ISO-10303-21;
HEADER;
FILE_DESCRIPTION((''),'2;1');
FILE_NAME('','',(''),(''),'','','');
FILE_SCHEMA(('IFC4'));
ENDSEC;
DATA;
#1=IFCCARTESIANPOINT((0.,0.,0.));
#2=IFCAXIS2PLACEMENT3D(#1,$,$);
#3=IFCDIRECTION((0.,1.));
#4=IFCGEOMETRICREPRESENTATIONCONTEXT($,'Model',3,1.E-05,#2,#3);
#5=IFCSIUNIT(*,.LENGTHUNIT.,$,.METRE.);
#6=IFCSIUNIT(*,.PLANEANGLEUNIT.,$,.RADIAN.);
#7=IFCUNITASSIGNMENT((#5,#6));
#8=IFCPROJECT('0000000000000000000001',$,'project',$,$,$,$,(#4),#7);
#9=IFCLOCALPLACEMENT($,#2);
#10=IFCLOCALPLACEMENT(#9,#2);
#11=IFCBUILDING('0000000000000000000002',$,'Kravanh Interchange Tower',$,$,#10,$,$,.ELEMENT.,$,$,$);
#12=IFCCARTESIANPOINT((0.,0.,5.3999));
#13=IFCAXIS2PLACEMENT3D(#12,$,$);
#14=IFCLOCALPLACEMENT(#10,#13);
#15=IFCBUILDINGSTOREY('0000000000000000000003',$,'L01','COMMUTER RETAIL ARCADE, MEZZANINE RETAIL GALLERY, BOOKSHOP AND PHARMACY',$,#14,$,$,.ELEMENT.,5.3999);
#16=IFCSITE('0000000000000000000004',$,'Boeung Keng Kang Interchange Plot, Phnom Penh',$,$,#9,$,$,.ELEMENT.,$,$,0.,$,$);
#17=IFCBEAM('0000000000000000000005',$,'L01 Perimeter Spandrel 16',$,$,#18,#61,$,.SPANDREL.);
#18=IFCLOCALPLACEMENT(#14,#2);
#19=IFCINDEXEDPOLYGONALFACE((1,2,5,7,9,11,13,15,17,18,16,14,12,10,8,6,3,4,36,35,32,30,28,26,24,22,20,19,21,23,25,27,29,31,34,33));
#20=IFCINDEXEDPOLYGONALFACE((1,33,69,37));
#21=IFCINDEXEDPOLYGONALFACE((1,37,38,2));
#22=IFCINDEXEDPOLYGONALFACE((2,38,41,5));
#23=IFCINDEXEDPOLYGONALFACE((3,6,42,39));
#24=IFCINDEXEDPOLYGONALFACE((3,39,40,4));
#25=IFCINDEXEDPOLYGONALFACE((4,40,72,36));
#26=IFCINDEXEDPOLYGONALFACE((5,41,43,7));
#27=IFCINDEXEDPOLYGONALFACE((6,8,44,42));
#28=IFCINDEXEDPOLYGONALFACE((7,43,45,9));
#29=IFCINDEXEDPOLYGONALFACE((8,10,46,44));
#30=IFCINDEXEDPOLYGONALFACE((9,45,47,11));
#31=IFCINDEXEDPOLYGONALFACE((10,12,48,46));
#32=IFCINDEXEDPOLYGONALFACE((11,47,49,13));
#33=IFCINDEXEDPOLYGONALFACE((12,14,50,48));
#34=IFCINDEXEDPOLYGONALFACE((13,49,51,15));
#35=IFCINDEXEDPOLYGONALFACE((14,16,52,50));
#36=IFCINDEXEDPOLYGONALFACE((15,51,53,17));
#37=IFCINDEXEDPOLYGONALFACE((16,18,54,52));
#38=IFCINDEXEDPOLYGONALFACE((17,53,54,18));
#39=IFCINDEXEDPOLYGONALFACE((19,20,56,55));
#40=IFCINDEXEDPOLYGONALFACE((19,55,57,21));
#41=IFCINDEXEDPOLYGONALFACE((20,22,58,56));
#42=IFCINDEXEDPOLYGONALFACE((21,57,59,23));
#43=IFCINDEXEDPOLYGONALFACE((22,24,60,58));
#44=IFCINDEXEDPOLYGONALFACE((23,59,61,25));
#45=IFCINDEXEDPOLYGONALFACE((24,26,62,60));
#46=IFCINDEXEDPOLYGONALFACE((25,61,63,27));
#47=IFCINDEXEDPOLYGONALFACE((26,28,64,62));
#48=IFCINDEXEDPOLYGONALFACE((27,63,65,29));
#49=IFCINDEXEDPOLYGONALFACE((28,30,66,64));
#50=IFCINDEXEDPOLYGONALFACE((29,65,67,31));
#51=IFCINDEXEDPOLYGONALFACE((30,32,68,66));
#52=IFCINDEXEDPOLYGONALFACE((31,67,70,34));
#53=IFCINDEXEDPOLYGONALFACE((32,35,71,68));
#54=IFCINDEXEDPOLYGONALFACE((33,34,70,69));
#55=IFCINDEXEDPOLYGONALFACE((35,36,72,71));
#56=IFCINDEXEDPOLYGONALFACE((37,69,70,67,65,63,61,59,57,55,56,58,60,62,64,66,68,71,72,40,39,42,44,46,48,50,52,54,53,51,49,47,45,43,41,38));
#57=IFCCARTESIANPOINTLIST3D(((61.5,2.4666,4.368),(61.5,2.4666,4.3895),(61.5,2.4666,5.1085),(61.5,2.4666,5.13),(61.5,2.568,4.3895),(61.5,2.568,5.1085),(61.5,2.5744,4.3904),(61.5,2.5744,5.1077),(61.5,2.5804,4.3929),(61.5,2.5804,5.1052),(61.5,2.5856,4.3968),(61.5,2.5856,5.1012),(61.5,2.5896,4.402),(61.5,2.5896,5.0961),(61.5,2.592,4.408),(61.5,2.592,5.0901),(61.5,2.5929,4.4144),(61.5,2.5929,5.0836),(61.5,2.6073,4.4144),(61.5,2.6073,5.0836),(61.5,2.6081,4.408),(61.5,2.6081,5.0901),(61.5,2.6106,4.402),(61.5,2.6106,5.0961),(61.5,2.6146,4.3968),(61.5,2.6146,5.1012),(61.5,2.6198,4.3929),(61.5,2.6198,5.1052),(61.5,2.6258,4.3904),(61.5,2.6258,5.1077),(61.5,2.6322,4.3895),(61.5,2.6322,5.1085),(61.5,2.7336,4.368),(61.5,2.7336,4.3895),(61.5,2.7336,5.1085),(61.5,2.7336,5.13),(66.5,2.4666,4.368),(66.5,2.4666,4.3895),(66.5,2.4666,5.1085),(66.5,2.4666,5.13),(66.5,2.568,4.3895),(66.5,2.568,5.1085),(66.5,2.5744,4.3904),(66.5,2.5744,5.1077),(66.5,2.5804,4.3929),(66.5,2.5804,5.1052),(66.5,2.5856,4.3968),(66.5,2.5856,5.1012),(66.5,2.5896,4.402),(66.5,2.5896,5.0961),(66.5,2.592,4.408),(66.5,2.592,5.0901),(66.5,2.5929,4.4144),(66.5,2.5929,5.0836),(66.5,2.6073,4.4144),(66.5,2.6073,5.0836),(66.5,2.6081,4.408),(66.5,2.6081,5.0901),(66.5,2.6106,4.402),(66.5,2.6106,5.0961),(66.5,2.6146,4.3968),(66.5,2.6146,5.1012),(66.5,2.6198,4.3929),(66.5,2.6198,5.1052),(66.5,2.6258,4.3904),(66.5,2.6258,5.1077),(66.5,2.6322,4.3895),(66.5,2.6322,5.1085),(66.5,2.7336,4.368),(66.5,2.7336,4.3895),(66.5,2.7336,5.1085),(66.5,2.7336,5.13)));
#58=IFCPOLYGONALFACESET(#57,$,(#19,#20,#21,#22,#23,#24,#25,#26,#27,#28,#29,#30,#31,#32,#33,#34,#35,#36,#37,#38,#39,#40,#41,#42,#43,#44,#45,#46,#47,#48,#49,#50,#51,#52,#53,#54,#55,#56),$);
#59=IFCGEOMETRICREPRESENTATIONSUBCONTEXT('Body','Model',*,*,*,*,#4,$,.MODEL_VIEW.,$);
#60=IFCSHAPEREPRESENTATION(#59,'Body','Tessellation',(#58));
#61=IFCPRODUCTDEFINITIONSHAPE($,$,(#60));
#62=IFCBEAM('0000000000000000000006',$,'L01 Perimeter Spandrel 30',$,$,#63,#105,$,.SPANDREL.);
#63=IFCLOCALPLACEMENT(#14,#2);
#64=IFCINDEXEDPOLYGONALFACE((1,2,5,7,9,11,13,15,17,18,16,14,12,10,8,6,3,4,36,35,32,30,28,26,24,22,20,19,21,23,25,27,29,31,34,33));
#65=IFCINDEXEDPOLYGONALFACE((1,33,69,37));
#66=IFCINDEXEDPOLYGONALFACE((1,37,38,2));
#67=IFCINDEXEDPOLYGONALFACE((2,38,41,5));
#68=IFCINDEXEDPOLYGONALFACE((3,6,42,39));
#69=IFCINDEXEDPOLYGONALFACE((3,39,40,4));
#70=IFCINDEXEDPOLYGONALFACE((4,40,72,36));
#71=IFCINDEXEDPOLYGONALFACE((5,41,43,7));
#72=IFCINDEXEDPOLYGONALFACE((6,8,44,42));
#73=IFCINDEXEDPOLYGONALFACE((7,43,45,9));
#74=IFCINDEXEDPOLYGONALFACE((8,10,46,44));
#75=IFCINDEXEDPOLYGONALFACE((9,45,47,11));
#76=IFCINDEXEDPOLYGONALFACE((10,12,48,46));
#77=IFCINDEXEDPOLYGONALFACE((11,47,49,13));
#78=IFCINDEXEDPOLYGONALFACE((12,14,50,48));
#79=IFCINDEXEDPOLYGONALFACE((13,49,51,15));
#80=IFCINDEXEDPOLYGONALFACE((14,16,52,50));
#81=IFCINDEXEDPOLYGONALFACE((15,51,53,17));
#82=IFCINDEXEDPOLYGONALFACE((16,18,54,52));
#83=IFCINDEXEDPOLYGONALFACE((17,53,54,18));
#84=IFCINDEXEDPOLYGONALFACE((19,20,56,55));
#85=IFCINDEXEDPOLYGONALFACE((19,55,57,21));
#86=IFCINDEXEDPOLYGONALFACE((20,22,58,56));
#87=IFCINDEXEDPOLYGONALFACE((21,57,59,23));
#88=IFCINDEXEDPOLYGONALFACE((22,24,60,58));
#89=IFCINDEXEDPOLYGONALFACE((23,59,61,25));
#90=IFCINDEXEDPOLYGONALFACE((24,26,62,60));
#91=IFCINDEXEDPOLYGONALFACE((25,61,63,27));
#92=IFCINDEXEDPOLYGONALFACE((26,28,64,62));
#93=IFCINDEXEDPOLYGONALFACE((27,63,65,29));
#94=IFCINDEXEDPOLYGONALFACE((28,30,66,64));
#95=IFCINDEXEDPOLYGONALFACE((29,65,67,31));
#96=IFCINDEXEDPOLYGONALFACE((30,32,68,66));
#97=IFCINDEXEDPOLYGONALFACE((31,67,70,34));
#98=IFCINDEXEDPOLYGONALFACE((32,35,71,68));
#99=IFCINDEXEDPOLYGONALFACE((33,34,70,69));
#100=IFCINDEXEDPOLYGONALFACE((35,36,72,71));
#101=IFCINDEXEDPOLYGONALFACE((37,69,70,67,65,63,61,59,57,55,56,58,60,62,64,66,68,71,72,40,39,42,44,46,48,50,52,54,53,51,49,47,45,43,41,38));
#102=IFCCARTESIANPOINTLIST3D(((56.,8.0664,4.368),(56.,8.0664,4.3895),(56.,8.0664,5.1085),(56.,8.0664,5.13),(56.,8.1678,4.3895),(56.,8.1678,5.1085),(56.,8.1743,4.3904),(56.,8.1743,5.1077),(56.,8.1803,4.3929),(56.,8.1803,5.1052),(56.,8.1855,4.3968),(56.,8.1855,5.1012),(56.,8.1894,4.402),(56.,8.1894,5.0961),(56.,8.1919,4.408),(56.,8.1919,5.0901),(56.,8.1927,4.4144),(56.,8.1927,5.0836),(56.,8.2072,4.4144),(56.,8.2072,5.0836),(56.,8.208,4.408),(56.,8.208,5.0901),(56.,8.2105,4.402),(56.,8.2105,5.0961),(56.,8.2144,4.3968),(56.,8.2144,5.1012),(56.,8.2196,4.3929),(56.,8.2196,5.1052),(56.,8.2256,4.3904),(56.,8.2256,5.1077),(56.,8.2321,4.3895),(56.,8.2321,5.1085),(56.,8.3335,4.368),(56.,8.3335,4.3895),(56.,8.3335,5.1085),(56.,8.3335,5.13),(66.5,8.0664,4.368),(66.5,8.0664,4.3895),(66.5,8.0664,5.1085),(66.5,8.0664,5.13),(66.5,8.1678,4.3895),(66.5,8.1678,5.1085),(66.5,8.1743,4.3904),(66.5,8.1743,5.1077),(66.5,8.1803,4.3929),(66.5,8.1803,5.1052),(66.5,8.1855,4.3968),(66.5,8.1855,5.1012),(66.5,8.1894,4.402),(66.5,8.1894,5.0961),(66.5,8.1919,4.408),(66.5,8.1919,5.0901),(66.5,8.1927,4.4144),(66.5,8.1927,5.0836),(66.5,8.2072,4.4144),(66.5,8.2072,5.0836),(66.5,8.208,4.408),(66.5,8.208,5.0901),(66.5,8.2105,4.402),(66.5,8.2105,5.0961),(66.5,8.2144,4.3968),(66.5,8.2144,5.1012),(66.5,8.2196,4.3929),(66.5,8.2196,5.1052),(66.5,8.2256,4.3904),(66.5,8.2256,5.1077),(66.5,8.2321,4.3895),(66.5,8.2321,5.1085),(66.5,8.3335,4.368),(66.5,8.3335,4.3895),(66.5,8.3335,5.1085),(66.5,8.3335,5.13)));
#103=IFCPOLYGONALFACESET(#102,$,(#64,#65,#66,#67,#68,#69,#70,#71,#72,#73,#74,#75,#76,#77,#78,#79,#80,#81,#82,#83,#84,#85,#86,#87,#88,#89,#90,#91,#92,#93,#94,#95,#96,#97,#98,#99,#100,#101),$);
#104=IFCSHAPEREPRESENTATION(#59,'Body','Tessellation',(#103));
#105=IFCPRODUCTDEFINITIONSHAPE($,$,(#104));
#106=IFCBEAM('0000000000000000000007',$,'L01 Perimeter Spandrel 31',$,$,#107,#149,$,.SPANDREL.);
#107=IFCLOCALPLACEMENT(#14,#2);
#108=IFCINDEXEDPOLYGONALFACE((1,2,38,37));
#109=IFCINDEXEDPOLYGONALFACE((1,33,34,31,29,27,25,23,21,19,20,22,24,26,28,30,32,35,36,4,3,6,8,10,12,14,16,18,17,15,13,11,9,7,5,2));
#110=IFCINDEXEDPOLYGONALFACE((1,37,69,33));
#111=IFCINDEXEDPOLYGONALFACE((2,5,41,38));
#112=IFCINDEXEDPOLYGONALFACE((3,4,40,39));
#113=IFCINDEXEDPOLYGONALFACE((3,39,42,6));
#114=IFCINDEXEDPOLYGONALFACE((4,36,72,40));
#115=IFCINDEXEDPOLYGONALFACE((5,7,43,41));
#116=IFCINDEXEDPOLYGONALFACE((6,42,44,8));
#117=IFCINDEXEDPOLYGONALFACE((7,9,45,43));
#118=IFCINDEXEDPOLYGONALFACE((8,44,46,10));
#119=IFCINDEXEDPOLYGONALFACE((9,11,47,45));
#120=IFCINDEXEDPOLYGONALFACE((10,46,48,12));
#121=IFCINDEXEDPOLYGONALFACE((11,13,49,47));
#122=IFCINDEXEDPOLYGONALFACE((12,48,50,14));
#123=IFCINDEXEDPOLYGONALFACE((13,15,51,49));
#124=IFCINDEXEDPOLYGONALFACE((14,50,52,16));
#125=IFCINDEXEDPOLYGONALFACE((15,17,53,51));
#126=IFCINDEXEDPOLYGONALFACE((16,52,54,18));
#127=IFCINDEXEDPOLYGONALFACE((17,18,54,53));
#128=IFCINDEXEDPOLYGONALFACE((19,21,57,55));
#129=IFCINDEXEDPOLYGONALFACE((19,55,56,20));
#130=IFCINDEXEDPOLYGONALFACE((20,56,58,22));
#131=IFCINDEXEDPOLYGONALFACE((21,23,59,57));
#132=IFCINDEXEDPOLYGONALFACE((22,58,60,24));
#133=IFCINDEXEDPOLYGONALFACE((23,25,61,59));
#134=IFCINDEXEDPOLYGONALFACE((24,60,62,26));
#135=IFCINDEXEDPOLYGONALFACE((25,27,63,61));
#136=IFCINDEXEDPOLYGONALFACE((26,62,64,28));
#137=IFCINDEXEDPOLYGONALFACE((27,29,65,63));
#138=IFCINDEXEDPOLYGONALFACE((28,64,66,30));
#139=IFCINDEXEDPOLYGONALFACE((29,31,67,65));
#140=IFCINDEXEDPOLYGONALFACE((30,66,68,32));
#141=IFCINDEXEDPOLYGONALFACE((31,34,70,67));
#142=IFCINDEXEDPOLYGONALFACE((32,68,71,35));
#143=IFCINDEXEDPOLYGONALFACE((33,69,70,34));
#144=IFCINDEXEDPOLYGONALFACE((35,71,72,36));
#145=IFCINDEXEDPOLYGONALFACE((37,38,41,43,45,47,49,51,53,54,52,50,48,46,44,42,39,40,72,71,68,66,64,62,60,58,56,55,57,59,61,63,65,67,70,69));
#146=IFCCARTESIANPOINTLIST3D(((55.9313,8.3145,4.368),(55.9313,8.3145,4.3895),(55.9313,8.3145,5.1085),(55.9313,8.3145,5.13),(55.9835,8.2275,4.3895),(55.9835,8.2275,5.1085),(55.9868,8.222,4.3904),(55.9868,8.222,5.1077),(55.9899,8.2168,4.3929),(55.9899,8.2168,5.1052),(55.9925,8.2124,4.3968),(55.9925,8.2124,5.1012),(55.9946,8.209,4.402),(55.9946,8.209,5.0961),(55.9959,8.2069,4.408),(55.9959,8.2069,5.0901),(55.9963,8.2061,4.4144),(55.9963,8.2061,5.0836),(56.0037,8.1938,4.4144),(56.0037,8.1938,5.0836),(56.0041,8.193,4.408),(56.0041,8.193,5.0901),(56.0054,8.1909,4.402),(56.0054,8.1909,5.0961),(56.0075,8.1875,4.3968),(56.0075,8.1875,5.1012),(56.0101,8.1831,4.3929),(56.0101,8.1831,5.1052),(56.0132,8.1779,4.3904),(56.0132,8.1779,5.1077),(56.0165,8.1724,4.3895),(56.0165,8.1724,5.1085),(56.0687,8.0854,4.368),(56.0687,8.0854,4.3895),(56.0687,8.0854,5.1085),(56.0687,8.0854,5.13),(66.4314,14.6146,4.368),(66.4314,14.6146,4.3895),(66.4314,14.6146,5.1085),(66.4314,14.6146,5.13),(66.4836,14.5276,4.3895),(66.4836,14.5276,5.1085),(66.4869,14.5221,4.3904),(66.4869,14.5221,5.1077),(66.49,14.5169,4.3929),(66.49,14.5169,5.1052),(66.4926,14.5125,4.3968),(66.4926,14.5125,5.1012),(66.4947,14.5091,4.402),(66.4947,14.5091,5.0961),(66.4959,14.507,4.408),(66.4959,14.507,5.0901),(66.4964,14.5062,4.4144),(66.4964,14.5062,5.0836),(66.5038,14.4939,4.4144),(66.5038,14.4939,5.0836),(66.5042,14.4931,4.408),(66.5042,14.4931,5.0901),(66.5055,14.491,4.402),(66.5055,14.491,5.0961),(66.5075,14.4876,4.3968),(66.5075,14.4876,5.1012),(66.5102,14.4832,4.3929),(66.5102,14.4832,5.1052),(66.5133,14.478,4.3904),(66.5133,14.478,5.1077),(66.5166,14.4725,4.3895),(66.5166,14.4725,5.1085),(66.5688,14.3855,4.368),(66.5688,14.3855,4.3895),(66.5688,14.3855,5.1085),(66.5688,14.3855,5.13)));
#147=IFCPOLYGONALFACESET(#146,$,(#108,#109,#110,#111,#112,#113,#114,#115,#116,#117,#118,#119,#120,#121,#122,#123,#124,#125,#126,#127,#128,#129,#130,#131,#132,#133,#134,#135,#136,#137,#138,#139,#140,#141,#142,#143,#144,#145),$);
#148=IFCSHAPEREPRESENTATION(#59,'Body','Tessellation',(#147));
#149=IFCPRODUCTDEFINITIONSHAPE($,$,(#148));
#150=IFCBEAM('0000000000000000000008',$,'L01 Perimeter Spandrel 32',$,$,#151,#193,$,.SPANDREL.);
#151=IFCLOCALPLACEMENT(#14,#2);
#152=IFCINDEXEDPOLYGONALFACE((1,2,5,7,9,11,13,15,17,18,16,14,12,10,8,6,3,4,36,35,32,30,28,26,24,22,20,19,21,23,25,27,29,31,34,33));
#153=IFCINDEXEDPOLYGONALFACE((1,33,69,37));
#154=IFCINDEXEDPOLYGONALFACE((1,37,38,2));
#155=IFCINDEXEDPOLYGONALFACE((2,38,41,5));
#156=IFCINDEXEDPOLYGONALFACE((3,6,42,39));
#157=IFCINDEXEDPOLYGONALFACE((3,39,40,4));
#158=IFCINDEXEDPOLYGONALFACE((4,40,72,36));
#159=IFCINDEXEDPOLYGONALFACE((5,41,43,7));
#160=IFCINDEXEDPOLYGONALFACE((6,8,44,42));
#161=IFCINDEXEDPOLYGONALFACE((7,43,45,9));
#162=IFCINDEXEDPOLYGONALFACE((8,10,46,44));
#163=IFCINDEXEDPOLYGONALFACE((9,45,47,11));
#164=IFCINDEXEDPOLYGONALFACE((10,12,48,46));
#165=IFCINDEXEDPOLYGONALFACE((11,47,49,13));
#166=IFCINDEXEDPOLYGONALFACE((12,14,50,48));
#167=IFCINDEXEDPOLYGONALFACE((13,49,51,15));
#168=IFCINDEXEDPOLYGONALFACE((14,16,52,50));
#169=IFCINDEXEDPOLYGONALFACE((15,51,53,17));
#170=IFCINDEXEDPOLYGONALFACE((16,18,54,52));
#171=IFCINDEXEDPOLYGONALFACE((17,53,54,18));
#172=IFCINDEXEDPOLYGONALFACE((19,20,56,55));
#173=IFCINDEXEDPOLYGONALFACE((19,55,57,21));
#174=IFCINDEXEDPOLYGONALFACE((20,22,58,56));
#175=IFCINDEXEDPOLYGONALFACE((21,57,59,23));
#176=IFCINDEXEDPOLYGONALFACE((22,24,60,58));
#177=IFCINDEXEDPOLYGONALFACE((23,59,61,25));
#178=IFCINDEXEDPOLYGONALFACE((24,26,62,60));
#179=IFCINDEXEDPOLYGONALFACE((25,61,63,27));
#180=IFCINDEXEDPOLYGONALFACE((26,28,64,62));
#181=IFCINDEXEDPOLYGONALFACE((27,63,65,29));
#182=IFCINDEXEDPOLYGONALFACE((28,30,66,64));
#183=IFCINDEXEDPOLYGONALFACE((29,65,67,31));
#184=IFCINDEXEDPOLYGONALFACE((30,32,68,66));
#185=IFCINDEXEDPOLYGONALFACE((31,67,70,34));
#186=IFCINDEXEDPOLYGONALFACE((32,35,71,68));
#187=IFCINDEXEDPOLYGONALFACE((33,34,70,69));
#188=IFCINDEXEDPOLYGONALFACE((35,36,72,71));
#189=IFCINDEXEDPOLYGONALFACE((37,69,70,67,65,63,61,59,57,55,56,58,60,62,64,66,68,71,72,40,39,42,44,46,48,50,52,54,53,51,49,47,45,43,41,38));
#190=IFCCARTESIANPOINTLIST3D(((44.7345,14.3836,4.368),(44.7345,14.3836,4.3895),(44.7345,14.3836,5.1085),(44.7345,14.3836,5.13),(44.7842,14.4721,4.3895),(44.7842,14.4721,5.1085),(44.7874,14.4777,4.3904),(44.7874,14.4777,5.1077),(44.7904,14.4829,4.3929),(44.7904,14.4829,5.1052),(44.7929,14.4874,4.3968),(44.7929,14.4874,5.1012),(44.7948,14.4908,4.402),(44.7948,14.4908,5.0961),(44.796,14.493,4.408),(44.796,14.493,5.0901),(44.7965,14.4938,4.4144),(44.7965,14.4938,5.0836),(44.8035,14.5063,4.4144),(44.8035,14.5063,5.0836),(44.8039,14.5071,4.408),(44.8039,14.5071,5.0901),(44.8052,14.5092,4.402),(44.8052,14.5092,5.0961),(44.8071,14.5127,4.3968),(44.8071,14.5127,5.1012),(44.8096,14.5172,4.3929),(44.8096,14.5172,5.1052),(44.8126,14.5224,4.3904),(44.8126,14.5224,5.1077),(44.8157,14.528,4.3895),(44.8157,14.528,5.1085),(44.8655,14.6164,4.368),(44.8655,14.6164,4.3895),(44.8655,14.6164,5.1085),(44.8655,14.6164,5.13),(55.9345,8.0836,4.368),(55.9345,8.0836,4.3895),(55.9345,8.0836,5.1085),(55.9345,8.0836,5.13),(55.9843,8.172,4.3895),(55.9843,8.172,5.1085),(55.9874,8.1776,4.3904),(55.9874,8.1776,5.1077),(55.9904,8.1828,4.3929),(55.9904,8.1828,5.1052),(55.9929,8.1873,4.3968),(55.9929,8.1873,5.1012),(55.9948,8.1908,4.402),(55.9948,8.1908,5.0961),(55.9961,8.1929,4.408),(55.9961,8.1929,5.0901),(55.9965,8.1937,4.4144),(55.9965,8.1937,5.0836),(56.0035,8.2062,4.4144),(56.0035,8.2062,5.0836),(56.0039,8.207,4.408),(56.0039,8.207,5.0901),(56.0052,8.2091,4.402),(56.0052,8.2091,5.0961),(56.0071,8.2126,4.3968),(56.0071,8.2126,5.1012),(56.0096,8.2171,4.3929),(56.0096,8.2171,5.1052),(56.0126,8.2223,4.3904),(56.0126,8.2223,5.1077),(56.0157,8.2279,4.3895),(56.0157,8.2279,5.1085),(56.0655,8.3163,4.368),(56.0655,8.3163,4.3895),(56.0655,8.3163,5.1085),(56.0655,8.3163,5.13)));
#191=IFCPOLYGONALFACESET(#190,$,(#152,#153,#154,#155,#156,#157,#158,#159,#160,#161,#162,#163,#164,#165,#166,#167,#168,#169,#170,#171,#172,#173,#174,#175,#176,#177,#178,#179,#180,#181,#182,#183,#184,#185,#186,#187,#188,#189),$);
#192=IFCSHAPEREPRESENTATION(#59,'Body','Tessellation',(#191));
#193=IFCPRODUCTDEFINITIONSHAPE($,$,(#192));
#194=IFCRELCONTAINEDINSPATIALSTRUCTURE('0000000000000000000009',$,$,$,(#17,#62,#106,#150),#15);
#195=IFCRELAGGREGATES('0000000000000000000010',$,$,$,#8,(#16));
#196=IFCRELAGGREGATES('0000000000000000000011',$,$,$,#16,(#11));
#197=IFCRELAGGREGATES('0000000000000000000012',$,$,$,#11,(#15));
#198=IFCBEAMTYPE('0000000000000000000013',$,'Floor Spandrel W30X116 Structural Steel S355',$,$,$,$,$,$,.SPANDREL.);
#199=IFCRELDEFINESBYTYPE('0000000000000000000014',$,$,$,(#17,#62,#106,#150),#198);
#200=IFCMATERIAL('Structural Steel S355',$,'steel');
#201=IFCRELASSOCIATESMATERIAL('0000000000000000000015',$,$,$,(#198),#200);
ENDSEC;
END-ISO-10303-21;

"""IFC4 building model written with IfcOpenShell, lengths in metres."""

from ifc_helpers import new_model, si_unit, direction, frame, origin, origin_2d, place, context, subcontext, project, spatial, i_section, extrude, material, material_profile, profile_set, type_object, element, save


model = new_model("IFC4")

# Units and contexts
model_context = context("Model", 3, precision=1e-05, world=origin(), true_north=direction((0.0, 1.0)))
body_context = subcontext(model_context, "Body", "Model", "MODEL_VIEW")
ifc_project = project(units=[si_unit("LENGTHUNIT", "METRE"), si_unit("PLANEANGLEUNIT", "RADIAN")], contexts=[model_context])

# Site, building, storey
site_placement = place(None, origin())
site = spatial("IfcSite", under=ifc_project, at=site_placement, Name="Boeung Keng Kang Interchange Plot, Phnom Penh", CompositionType="ELEMENT", RefElevation=0.0)
building_placement = place(site_placement, origin())
building = spatial("IfcBuilding", under=site, at=building_placement, Name="Kravanh Interchange Tower", CompositionType="ELEMENT")
storey_placement = place(building_placement, frame((0.0, 0.0, 5.3999)))
storey = spatial("IfcBuildingStorey", under=building, at=storey_placement, Name="L01", Description="COMMUTER RETAIL ARCADE, MEZZANINE RETAIL GALLERY, BOOKSHOP AND PHARMACY", CompositionType="ELEMENT", Elevation=5.3999)

# Beams
ifc_material_1 = material(Name="Structural Steel S355", Category="steel")
ifc_material_profile_1 = material_profile(ifc_material_1, i_section(OverallWidth=0.2671, OverallDepth=0.762, WebThickness=0.0144, FlangeThickness=0.0215, FilletRadius=0.0249, at=origin_2d()), Name="W30X116")
ifc_profile_set_1 = profile_set([ifc_material_profile_1], Name="Structural Steel S355")
beam_type_1 = type_object("IfcBeamType", Name="Floor Spandrel W30X116 Structural Steel S355", PredefinedType="SPANDREL", material=ifc_profile_set_1)
beam_1_placement = place(storey_placement, frame((61.5, 2.6001, 4.749), z_axis=(1.0, 0.0, 0.0), x_axis=(0.0, 1.0, 0.0)))
element("IfcBeam", 1, at=beam_1_placement, inside=storey, type_object=beam_type_1, Name="L01 Perimeter Spandrel 16", PredefinedType="SPANDREL", context=body_context, shape_type="SweptSolid", body=[
    extrude(i_section(OverallWidth=0.2671, OverallDepth=0.762, WebThickness=0.0144, FlangeThickness=0.0215, FilletRadius=0.0249, at=origin_2d()), origin(), (0.0, 0.0, 1.0), 5.0),
])
beam_2_placement = place(storey_placement, frame((56.0, 8.2, 4.749), z_axis=(1.0, 0.0, 0.0), x_axis=(0.0, 1.0, 0.0)))
element("IfcBeam", 2, at=beam_2_placement, inside=storey, type_object=beam_type_1, Name="L01 Perimeter Spandrel 30", PredefinedType="SPANDREL", context=body_context, shape_type="SweptSolid", body=[
    extrude(i_section(OverallWidth=0.2671, OverallDepth=0.762, WebThickness=0.0144, FlangeThickness=0.0215, FilletRadius=0.0249, at=origin_2d()), origin(), (0.0, 0.0, 1.0), 10.5),
])
beam_3_placement = place(storey_placement, frame((56.0, 8.2, 4.749), z_axis=(0.857491, 0.514499, 0.0), x_axis=(-0.514499, 0.857491, 0.0)))
element("IfcBeam", 3, at=beam_3_placement, inside=storey, type_object=beam_type_1, Name="L01 Perimeter Spandrel 31", PredefinedType="SPANDREL", context=body_context, shape_type="SweptSolid", body=[
    extrude(i_section(OverallWidth=0.2671, OverallDepth=0.762, WebThickness=0.0144, FlangeThickness=0.0215, FilletRadius=0.0249, at=origin_2d()), origin(), (0.0, 0.0, 1.0), 12.2451),
])
beam_4_placement = place(storey_placement, frame((56.0, 8.2, 4.749), z_axis=(-0.871573, 0.490266, 0.0), x_axis=(-0.490266, -0.871573, 0.0)))
element("IfcBeam", 4, at=beam_4_placement, inside=storey, type_object=beam_type_1, Name="L01 Perimeter Spandrel 32", PredefinedType="SPANDREL", context=body_context, shape_type="SweptSolid", body=[
    extrude(i_section(OverallWidth=0.2671, OverallDepth=0.762, WebThickness=0.0144, FlangeThickness=0.0215, FilletRadius=0.0249, at=origin_2d()), origin(), (0.0, 0.0, 1.0), 12.8503),
])

save(model, "model.ifc")
